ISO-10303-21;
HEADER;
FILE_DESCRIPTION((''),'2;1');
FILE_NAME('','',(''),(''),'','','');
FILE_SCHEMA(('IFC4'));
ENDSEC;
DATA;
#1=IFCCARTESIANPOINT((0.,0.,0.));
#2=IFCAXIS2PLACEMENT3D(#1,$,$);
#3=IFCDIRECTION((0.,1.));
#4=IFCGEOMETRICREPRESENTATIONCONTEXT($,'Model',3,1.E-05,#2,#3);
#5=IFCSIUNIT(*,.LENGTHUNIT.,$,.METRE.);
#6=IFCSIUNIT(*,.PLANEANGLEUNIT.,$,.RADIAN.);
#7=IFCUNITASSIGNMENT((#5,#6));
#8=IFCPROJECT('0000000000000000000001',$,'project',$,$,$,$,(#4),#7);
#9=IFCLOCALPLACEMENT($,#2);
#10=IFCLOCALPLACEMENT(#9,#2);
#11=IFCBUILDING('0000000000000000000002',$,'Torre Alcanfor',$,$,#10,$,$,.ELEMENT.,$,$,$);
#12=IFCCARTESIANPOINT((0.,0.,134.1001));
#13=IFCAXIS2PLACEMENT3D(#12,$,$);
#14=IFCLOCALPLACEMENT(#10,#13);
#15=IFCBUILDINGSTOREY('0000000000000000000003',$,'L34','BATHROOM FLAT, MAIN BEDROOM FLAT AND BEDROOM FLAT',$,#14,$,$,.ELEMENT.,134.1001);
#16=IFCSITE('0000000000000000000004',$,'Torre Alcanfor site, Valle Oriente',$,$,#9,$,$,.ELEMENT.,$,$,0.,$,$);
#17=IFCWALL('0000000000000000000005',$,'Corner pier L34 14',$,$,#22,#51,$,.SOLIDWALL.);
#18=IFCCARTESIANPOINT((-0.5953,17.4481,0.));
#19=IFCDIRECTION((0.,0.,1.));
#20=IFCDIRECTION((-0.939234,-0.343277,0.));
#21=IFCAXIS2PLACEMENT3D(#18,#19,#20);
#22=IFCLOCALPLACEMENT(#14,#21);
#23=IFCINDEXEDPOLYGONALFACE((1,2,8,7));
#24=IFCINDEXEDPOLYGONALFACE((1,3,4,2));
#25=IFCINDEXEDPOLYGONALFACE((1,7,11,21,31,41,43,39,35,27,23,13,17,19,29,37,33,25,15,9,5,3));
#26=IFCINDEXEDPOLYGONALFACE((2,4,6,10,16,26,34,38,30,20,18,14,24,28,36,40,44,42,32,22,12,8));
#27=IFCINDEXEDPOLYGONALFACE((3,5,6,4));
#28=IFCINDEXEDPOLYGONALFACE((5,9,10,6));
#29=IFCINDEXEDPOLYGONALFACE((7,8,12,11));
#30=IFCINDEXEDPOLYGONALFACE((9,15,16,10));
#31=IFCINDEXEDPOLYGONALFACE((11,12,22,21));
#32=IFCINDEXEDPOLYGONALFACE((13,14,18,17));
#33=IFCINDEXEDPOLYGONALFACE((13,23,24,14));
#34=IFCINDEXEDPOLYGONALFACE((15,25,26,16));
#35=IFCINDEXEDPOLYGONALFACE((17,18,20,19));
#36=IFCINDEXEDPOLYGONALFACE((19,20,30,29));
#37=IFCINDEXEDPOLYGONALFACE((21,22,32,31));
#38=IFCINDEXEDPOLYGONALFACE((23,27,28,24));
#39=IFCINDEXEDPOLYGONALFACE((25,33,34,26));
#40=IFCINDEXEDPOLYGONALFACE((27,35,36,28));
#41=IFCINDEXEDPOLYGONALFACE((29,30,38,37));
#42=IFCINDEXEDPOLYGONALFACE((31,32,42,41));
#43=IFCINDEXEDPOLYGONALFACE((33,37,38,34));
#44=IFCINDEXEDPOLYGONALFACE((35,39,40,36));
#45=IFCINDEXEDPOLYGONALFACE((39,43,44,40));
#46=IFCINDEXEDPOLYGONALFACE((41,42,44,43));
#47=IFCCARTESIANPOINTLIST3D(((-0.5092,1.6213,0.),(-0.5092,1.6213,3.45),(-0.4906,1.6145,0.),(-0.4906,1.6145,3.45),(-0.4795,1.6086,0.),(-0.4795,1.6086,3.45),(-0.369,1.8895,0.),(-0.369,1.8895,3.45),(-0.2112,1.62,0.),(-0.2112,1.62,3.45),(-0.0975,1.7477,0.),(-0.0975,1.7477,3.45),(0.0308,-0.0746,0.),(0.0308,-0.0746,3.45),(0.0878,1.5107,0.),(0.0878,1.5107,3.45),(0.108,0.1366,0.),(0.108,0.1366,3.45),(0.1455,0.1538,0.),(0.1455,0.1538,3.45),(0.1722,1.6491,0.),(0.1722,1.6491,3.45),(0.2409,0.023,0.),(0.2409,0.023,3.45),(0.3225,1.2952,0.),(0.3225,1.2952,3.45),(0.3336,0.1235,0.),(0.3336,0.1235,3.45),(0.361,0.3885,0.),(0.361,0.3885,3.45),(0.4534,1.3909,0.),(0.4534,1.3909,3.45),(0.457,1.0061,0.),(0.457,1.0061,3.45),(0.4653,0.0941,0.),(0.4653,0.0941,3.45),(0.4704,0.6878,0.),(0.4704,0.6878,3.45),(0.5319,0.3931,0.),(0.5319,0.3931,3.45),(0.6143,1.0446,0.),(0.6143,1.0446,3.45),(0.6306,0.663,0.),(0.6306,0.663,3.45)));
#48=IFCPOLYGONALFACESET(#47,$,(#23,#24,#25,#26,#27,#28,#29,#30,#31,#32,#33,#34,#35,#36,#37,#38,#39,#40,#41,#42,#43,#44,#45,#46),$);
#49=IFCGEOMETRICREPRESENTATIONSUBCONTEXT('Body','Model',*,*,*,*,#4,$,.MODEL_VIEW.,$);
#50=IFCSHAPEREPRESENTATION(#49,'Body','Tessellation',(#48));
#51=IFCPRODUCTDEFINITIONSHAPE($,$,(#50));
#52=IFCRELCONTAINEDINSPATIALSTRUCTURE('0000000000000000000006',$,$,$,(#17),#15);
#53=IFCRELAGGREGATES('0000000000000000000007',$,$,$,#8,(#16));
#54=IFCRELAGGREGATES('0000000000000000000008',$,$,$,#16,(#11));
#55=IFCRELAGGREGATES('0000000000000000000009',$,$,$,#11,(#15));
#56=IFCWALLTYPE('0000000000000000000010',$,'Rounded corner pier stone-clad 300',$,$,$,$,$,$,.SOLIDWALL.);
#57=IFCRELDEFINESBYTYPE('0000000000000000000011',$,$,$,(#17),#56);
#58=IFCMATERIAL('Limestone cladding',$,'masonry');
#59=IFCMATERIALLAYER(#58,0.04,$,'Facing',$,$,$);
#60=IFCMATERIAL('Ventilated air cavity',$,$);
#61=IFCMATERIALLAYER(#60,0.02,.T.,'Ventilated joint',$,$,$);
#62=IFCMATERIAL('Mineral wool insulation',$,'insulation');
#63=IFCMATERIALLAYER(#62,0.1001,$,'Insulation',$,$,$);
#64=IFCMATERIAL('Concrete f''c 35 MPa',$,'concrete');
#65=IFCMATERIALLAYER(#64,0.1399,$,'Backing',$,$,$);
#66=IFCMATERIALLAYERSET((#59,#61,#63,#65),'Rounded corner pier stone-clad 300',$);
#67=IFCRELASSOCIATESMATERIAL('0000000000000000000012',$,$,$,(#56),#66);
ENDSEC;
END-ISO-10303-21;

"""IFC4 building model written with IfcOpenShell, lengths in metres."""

from ifc_helpers import new_model, si_unit, direction, frame, origin, place, context, subcontext, project, spatial, polyline, outline, extrude, material, layer, layer_set, type_object, element, save


model = new_model("IFC4")

# Units and contexts
model_context = context("Model", 3, precision=1e-05, world=origin(), true_north=direction((0.0, 1.0)))
body_context = subcontext(model_context, "Body", "Model", "MODEL_VIEW")
ifc_project = project(units=[si_unit("LENGTHUNIT", "METRE"), si_unit("PLANEANGLEUNIT", "RADIAN")], contexts=[model_context])

# Site, building, storey
site_placement = place(None, origin())
site = spatial("IfcSite", under=ifc_project, at=site_placement, Name="Torre Alcanfor site, Valle Oriente", CompositionType="ELEMENT", RefElevation=0.0)
building_placement = place(site_placement, origin())
building = spatial("IfcBuilding", under=site, at=building_placement, Name="Torre Alcanfor", CompositionType="ELEMENT")
storey_placement = place(building_placement, frame((0.0, 0.0, 134.1001)))
storey = spatial("IfcBuildingStorey", under=building, at=storey_placement, Name="L34", Description="BATHROOM FLAT, MAIN BEDROOM FLAT AND BEDROOM FLAT", CompositionType="ELEMENT", Elevation=134.1001)

# Shared definitions
ifc_material_1 = material(Name="Limestone cladding", Category="masonry")
ifc_material_2 = material(Name="Ventilated air cavity")
ifc_material_3 = material(Name="Mineral wool insulation", Category="insulation")
ifc_material_4 = material(Name="Concrete f'c 35 MPa", Category="concrete")

# Wall
ifc_layer_1 = layer(ifc_material_1, 0.04, Name="Facing")
ifc_layer_2 = layer(ifc_material_2, 0.02, ventilated=True, Name="Ventilated joint")
ifc_layer_3 = layer(ifc_material_3, 0.1001, Name="Insulation")
ifc_layer_4 = layer(ifc_material_4, 0.1399, Name="Backing")
ifc_layer_set_1 = layer_set([ifc_layer_1, ifc_layer_2, ifc_layer_3, ifc_layer_4], Name="Rounded corner pier stone-clad 300")
wall_type_1 = type_object("IfcWallType", Name="Rounded corner pier stone-clad 300", PredefinedType="SOLIDWALL", material=ifc_layer_set_1)
wall_1_placement = place(storey_placement, frame((-0.5953, 17.4481, 0.0), z_axis=(0.0, 0.0, 1.0), x_axis=(-0.939234, -0.343277, 0.0)))
element("IfcWall", 1, at=wall_1_placement, inside=storey, type_object=wall_type_1, Name="Corner pier L34 14", PredefinedType="SOLIDWALL", context=body_context, shape_type="SweptSolid", body=[
    extrude(outline(polyline([(-0.369, 1.8895), (-0.5092, 1.6213), (-0.4906, 1.6145), (-0.4795, 1.6086), (-0.2112, 1.62), (0.0878, 1.5107), (0.3225, 1.2952), (0.457, 1.0061), (0.4704, 0.6878), (0.361, 0.3885), (0.1455, 0.1538), (0.108, 0.1366), (0.0308, -0.0746), (0.2409, 0.023), (0.3336, 0.1235), (0.4653, 0.0941), (0.5319, 0.3931), (0.6306, 0.663), (0.6143, 1.0446), (0.4534, 1.3909), (0.1722, 1.6491), (-0.0975, 1.7477), (-0.369, 1.8895)])), origin(), (0.0, 0.0, 1.0), 3.45),
])

save(model, "model.ifc")
